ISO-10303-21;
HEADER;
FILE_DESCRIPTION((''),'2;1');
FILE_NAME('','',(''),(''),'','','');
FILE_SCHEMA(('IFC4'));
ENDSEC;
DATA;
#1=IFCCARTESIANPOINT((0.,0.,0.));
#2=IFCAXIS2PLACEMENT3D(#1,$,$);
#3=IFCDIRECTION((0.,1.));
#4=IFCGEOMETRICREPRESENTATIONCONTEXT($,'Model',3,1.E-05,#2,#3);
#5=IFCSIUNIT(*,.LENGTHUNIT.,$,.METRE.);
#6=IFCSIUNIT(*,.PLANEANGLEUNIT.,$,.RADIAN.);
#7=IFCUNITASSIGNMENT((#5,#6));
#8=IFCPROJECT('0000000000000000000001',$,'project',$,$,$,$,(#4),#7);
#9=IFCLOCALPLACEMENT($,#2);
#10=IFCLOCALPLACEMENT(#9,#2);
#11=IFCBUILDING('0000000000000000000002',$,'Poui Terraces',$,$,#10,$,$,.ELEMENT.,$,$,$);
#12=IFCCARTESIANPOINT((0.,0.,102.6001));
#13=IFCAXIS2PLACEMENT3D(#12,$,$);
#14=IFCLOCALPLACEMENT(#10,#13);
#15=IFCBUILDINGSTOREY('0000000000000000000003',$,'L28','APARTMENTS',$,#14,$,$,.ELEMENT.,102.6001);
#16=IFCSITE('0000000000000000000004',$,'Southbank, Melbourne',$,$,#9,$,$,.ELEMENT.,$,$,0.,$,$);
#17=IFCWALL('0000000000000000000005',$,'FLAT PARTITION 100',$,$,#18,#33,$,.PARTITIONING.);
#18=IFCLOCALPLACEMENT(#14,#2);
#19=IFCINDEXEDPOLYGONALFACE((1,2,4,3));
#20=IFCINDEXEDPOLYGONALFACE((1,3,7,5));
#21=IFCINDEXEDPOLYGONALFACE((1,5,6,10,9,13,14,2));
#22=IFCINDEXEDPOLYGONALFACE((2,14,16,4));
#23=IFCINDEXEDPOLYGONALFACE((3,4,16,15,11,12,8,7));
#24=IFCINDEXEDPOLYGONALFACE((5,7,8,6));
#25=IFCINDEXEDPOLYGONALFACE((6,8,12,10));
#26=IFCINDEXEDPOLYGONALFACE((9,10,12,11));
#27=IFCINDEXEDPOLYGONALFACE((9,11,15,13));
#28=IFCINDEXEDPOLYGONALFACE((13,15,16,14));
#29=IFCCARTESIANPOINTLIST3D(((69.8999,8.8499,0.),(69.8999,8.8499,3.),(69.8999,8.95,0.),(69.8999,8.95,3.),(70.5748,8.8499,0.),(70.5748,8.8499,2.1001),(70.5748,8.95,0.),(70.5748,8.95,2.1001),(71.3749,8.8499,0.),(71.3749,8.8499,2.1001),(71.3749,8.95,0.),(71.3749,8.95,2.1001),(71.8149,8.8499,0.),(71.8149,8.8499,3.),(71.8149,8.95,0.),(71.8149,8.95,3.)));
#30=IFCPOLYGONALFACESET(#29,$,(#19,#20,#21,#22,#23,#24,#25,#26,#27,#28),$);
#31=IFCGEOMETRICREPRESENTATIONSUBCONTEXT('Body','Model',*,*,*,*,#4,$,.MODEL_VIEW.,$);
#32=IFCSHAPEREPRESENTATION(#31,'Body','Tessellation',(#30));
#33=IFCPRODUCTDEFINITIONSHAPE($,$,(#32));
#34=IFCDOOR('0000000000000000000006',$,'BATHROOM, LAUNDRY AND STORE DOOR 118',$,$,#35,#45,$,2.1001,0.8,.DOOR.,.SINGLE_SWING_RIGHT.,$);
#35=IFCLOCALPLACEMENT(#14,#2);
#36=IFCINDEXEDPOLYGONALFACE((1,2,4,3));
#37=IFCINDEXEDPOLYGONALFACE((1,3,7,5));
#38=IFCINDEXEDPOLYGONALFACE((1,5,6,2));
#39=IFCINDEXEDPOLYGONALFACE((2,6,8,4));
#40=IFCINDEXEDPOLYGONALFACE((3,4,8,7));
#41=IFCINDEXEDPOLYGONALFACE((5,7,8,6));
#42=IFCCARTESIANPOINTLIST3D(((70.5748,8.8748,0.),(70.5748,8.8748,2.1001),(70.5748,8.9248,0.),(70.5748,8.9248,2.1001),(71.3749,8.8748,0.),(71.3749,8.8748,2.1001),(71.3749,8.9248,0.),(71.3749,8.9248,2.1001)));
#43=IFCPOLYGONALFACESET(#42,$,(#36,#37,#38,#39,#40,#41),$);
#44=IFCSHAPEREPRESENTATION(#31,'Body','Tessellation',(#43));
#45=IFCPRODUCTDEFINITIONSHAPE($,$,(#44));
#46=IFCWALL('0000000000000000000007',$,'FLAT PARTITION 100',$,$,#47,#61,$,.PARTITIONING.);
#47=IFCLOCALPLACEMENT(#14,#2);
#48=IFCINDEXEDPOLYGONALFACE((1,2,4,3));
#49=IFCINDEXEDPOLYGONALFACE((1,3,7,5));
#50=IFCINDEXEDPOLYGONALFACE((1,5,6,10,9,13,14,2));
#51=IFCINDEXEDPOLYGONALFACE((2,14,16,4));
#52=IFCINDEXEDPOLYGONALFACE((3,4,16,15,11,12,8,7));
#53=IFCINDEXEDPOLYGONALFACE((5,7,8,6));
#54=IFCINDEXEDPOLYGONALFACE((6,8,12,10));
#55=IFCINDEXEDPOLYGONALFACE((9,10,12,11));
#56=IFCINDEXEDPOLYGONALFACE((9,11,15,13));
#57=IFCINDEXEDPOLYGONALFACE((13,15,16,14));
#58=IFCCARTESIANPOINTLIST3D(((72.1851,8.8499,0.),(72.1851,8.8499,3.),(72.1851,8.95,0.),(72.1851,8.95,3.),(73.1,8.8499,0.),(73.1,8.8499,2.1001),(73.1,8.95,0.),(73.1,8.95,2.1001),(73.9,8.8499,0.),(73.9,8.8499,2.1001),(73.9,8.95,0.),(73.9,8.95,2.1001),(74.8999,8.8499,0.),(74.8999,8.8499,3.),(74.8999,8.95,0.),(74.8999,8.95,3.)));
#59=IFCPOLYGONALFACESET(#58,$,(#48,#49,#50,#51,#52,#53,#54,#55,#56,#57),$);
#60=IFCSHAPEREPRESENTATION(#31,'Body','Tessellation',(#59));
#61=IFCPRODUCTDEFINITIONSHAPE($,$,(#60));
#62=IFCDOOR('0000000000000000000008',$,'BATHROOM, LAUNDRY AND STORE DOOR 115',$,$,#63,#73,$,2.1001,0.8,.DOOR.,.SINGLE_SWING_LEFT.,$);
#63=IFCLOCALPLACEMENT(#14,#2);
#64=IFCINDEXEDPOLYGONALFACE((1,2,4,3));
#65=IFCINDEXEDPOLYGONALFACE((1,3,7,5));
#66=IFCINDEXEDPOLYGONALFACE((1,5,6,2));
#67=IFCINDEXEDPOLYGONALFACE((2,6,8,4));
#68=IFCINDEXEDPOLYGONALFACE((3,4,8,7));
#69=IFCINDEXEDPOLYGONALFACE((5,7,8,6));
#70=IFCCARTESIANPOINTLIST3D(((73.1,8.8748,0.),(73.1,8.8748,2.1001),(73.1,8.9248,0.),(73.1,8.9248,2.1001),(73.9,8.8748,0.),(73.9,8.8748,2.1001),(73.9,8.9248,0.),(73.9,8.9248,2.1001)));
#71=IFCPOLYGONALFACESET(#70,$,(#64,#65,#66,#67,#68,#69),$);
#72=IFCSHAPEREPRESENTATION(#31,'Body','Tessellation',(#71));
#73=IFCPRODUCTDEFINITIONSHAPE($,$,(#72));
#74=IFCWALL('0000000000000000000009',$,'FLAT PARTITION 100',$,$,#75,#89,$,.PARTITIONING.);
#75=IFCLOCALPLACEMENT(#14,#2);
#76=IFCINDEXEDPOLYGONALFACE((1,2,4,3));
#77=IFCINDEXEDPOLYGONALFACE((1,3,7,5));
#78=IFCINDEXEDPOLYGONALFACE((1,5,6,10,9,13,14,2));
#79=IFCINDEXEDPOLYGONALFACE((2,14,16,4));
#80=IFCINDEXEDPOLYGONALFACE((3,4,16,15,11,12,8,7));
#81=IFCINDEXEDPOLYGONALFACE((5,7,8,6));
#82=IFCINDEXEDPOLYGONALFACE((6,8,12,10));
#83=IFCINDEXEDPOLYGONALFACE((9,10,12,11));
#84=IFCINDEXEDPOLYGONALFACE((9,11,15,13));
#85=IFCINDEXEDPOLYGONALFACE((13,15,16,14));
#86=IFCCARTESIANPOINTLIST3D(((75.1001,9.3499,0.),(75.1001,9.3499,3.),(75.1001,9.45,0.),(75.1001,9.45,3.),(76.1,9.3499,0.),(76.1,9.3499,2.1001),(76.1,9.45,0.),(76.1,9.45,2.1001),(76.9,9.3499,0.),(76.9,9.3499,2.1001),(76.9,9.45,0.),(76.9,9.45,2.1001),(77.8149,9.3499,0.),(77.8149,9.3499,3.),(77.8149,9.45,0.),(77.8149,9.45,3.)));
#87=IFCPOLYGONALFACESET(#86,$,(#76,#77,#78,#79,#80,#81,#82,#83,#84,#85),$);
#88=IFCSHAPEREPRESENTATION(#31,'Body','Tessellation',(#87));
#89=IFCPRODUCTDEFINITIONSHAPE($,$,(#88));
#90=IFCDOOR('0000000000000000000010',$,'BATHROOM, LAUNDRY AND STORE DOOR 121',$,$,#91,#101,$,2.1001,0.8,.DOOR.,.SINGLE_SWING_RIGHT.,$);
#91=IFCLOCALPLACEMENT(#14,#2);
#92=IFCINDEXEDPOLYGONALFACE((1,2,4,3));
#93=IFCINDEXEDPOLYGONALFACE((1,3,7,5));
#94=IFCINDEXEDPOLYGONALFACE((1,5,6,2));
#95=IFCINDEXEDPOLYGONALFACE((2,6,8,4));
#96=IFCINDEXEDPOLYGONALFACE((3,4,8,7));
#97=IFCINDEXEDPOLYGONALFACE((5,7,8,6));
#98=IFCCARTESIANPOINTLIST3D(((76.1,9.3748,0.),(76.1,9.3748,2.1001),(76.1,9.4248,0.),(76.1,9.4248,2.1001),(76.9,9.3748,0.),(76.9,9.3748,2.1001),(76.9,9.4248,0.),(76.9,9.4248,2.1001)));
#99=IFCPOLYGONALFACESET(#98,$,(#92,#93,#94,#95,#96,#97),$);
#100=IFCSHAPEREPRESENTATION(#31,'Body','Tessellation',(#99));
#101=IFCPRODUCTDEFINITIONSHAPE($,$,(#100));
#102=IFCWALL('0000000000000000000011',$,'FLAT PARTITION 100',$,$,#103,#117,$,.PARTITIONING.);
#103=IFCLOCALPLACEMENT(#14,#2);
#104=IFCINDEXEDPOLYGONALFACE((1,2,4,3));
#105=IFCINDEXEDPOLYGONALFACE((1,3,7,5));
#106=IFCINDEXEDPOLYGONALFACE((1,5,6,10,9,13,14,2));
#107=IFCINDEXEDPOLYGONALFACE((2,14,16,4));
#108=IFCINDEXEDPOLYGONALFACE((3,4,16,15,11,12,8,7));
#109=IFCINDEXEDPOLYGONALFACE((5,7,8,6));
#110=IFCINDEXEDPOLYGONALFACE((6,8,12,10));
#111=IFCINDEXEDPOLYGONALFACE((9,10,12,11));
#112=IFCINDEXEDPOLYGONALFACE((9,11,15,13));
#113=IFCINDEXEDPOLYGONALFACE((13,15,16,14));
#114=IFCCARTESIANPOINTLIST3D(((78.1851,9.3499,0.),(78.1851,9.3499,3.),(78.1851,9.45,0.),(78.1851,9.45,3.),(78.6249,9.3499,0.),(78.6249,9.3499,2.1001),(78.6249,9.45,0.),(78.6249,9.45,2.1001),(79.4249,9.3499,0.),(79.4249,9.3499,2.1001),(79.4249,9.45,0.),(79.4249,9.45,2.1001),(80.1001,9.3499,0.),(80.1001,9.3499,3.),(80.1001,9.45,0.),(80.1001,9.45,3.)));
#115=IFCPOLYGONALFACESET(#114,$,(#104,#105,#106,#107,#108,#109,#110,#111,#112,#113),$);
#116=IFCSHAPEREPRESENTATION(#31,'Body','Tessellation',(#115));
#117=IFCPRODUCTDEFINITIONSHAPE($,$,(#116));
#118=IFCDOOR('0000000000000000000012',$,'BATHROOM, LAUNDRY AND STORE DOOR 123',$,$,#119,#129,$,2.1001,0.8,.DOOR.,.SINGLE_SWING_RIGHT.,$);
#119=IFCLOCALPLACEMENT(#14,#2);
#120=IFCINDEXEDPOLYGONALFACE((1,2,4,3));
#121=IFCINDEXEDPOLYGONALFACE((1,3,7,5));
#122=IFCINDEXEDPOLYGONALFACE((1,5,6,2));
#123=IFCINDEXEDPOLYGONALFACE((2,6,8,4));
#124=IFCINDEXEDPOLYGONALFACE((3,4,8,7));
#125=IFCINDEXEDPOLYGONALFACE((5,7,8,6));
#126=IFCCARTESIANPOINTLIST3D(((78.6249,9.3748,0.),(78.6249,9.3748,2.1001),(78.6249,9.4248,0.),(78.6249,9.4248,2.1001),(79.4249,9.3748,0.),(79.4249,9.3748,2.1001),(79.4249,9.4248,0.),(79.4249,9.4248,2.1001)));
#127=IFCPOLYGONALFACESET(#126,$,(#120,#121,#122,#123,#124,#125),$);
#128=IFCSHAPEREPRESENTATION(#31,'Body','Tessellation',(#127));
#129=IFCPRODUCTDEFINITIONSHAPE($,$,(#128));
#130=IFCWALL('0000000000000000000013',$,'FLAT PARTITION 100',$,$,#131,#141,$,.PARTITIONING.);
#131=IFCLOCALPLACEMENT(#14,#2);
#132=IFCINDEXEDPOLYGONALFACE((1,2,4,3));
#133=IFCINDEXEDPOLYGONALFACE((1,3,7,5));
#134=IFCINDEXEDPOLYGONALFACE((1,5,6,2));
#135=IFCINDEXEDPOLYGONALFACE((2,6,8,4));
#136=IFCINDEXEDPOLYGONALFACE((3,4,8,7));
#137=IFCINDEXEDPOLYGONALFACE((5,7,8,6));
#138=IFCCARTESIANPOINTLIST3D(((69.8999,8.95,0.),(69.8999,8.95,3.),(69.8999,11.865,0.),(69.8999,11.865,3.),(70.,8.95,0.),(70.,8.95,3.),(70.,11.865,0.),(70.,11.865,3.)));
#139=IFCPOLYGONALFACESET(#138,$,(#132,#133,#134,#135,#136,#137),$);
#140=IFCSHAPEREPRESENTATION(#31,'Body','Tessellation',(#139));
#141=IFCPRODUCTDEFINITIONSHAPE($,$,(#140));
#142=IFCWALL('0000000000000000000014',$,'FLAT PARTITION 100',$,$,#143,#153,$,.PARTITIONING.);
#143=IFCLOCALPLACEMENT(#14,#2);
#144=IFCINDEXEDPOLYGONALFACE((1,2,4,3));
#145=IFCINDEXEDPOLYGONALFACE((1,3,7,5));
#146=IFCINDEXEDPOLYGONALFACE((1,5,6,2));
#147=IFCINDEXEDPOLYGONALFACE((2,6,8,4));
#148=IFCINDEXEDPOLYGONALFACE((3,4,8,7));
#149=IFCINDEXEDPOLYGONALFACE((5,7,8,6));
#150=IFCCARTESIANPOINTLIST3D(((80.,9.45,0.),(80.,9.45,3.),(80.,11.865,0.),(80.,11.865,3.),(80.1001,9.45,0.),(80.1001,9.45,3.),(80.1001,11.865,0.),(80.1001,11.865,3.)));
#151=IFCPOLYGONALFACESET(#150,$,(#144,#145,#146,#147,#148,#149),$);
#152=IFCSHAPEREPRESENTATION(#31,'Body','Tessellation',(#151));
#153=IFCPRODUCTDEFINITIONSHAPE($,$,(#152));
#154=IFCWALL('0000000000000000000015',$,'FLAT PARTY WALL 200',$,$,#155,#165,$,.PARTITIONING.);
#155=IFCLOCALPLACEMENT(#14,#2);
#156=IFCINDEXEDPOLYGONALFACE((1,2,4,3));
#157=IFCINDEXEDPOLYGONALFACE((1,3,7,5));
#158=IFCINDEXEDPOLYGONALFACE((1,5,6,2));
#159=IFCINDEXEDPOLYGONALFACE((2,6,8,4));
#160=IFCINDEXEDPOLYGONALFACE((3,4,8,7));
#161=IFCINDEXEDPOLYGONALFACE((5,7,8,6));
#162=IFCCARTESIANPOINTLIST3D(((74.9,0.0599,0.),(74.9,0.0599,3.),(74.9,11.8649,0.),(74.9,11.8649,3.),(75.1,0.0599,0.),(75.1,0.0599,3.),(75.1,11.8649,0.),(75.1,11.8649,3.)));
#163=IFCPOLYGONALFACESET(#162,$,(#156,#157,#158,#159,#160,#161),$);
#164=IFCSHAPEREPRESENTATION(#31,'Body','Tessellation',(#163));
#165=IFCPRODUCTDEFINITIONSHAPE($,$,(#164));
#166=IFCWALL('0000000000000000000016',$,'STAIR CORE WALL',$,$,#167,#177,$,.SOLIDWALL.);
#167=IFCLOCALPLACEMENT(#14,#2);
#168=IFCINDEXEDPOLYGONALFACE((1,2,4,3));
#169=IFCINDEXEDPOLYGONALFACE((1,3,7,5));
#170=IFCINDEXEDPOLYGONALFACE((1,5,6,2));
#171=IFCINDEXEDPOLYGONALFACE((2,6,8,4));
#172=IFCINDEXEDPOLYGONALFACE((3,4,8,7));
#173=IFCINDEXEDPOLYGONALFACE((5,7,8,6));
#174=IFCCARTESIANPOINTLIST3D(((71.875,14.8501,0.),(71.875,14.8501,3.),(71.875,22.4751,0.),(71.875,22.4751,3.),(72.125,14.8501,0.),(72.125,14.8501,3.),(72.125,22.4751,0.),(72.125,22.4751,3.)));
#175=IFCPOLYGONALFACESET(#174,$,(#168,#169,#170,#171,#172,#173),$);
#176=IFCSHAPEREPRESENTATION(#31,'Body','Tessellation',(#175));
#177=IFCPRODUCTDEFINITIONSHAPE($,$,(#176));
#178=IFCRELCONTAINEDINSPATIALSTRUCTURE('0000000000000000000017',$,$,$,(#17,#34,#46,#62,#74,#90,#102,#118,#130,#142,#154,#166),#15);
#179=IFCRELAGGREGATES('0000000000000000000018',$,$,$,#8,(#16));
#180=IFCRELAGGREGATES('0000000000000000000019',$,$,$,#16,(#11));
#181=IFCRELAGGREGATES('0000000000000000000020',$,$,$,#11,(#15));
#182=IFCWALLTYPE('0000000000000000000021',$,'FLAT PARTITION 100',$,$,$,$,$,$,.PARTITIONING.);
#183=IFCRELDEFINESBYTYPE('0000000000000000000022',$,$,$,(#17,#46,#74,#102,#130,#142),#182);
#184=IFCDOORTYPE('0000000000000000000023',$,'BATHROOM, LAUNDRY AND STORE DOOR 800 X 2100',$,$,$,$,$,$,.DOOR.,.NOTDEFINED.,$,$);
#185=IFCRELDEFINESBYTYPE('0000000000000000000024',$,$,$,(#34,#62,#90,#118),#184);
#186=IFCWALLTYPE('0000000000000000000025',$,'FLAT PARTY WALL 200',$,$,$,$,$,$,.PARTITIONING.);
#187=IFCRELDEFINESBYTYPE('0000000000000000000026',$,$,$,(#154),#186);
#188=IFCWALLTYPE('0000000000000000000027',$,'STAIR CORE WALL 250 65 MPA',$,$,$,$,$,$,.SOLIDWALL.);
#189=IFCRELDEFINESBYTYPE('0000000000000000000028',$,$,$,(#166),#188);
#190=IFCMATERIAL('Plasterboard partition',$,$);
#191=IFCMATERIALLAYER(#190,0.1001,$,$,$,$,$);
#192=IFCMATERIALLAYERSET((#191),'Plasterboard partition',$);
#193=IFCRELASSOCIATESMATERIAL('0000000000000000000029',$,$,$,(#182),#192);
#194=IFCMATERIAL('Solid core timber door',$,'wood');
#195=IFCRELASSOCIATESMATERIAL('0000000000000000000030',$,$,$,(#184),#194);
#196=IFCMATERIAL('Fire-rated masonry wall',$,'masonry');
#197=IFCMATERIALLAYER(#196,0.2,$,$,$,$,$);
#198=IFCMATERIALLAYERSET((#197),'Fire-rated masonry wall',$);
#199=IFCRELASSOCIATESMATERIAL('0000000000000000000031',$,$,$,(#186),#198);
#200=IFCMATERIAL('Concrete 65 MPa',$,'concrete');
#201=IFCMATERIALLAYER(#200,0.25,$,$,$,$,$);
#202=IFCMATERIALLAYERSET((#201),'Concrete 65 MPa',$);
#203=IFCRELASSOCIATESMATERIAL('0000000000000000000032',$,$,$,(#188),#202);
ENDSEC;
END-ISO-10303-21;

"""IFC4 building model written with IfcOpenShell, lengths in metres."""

from ifc_helpers import new_model, si_unit, direction, frame, frame_2d, origin, place, context, subcontext, project, spatial, rectangle, extrude, material, layer, layer_set, type_object, element, fill, save


model = new_model("IFC4")

# Units and contexts
model_context = context("Model", 3, precision=1e-05, world=origin(), true_north=direction((0.0, 1.0)))
body_context = subcontext(model_context, "Body", "Model", "MODEL_VIEW")
ifc_project = project(units=[si_unit("LENGTHUNIT", "METRE"), si_unit("PLANEANGLEUNIT", "RADIAN")], contexts=[model_context])

# Site, building, storey
site_placement = place(None, origin())
site = spatial("IfcSite", under=ifc_project, at=site_placement, Name="Southbank, Melbourne", CompositionType="ELEMENT", RefElevation=0.0)
building_placement = place(site_placement, origin())
building = spatial("IfcBuilding", under=site, at=building_placement, Name="Poui Terraces", CompositionType="ELEMENT")
storey_placement = place(building_placement, frame((0.0, 0.0, 102.6001)))
storey = spatial("IfcBuildingStorey", under=building, at=storey_placement, Name="L28", Description="APARTMENTS", CompositionType="ELEMENT", Elevation=102.6001)

# Shared definitions
ifc_material_1 = material(Name="Concrete 65 MPa", Category="concrete")

# Walls, openings, doors
ifc_material_2 = material(Name="Solid core timber door", Category="wood")
ifc_material_3 = material(Name="Plasterboard partition")
ifc_layer_1 = layer(ifc_material_3, 0.1001)
ifc_layer_set_1 = layer_set([ifc_layer_1], Name="Plasterboard partition")
wall_type_1 = type_object("IfcWallType", Name="FLAT PARTITION 100", PredefinedType="PARTITIONING", material=ifc_layer_set_1)
wall_1_placement = place(storey_placement, frame((69.8999, 8.8999, 0.0), z_axis=(0.0, 0.0, 1.0), x_axis=(1.0, 0.0, 0.0)))
wall_1 = element("IfcWall", 1, at=wall_1_placement, inside=storey, type_object=wall_type_1, Name="FLAT PARTITION 100", PredefinedType="PARTITIONING", context=body_context, shape_type="SweptSolid", body=[
    extrude(rectangle(XDim=1.915, YDim=0.1001, at=frame_2d((0.9575, 0.0))), origin(), (0.0, 0.0, 1.0), 3.0),
])
opening_1_placement = place(wall_1_placement, frame((0.675, 0.0, 0.0)))
opening_1 = element("IfcOpeningElement", 2, at=opening_1_placement, cuts=wall_1, PredefinedType="OPENING", context=body_context, shape_type="SweptSolid", body=[
    extrude(rectangle(XDim=0.8, YDim=2.1001, at=frame_2d((0.3999, 1.05))), frame((0.0, 0.0601, 0.0), z_axis=(0.0, -1.0, 0.0), x_axis=(1.0, 0.0, 0.0)), (0.0, 0.0, 1.0), 0.1201),
])
door_type_1 = type_object("IfcDoorType", Name="BATHROOM, LAUNDRY AND STORE DOOR 800 X 2100", OperationType="NOTDEFINED", PredefinedType="DOOR", material=ifc_material_2)
door_1_placement = place(opening_1_placement, origin())
door_1 = element("IfcDoor", 3, at=door_1_placement, inside=storey, type_object=door_type_1, Name="BATHROOM, LAUNDRY AND STORE DOOR 118", OperationType="SINGLE_SWING_RIGHT", OverallHeight=2.1001, OverallWidth=0.8, PredefinedType="DOOR", context=body_context, shape_type="SweptSolid", body=[
    extrude(rectangle(XDim=0.8, YDim=2.1001, at=frame_2d((0.3999, 1.05))), frame((0.0, 0.0249, 0.0), z_axis=(0.0, -1.0, 0.0), x_axis=(1.0, 0.0, 0.0)), (0.0, 0.0, 1.0), 0.05),
])
fill(opening_1, door_1)
wall_2_placement = place(storey_placement, frame((72.1851, 8.8999, 0.0), z_axis=(0.0, 0.0, 1.0), x_axis=(1.0, 0.0, 0.0)))
wall_2 = element("IfcWall", 4, at=wall_2_placement, inside=storey, type_object=wall_type_1, Name="FLAT PARTITION 100", PredefinedType="PARTITIONING", context=body_context, shape_type="SweptSolid", body=[
    extrude(rectangle(XDim=2.7148, YDim=0.1001, at=frame_2d((1.3574, 0.0))), origin(), (0.0, 0.0, 1.0), 3.0),
])
opening_2_placement = place(wall_2_placement, frame((0.915, 0.0, 0.0)))
opening_2 = element("IfcOpeningElement", 5, at=opening_2_placement, cuts=wall_2, PredefinedType="OPENING", context=body_context, shape_type="SweptSolid", body=[
    extrude(rectangle(XDim=0.8, YDim=2.1001, at=frame_2d((0.3999, 1.05))), frame((0.0, 0.0601, 0.0), z_axis=(0.0, -1.0, 0.0), x_axis=(1.0, 0.0, 0.0)), (0.0, 0.0, 1.0), 0.1201),
])
door_2_placement = place(opening_2_placement, origin())
door_2 = element("IfcDoor", 6, at=door_2_placement, inside=storey, type_object=door_type_1, Name="BATHROOM, LAUNDRY AND STORE DOOR 115", OperationType="SINGLE_SWING_LEFT", OverallHeight=2.1001, OverallWidth=0.8, PredefinedType="DOOR", context=body_context, shape_type="SweptSolid", body=[
    extrude(rectangle(XDim=0.8, YDim=2.1001, at=frame_2d((0.3999, 1.05))), frame((0.0, 0.0249, 0.0), z_axis=(0.0, -1.0, 0.0), x_axis=(1.0, 0.0, 0.0)), (0.0, 0.0, 1.0), 0.05),
])
fill(opening_2, door_2)
wall_3_placement = place(storey_placement, frame((75.1001, 9.3999, 0.0), z_axis=(0.0, 0.0, 1.0), x_axis=(1.0, 0.0, 0.0)))
wall_3 = element("IfcWall", 7, at=wall_3_placement, inside=storey, type_object=wall_type_1, Name="FLAT PARTITION 100", PredefinedType="PARTITIONING", context=body_context, shape_type="SweptSolid", body=[
    extrude(rectangle(XDim=2.7148, YDim=0.1001, at=frame_2d((1.3574, 0.0))), origin(), (0.0, 0.0, 1.0), 3.0),
])
opening_3_placement = place(wall_3_placement, frame((1.0, 0.0, 0.0)))
opening_3 = element("IfcOpeningElement", 8, at=opening_3_placement, cuts=wall_3, PredefinedType="OPENING", context=body_context, shape_type="SweptSolid", body=[
    extrude(rectangle(XDim=0.8, YDim=2.1001, at=frame_2d((0.3999, 1.05))), frame((0.0, 0.0601, 0.0), z_axis=(0.0, -1.0, 0.0), x_axis=(1.0, 0.0, 0.0)), (0.0, 0.0, 1.0), 0.1201),
])
door_3_placement = place(opening_3_placement, origin())
door_3 = element("IfcDoor", 9, at=door_3_placement, inside=storey, type_object=door_type_1, Name="BATHROOM, LAUNDRY AND STORE DOOR 121", OperationType="SINGLE_SWING_RIGHT", OverallHeight=2.1001, OverallWidth=0.8, PredefinedType="DOOR", context=body_context, shape_type="SweptSolid", body=[
    extrude(rectangle(XDim=0.8, YDim=2.1001, at=frame_2d((0.3999, 1.05))), frame((0.0, 0.0249, 0.0), z_axis=(0.0, -1.0, 0.0), x_axis=(1.0, 0.0, 0.0)), (0.0, 0.0, 1.0), 0.05),
])
fill(opening_3, door_3)
wall_4_placement = place(storey_placement, frame((78.1851, 9.3999, 0.0), z_axis=(0.0, 0.0, 1.0), x_axis=(1.0, 0.0, 0.0)))
wall_4 = element("IfcWall", 10, at=wall_4_placement, inside=storey, type_object=wall_type_1, Name="FLAT PARTITION 100", PredefinedType="PARTITIONING", context=body_context, shape_type="SweptSolid", body=[
    extrude(rectangle(XDim=1.915, YDim=0.1001, at=frame_2d((0.9575, 0.0))), origin(), (0.0, 0.0, 1.0), 3.0),
])
opening_4_placement = place(wall_4_placement, frame((0.4399, 0.0, 0.0)))
opening_4 = element("IfcOpeningElement", 11, at=opening_4_placement, cuts=wall_4, PredefinedType="OPENING", context=body_context, shape_type="SweptSolid", body=[
    extrude(rectangle(XDim=0.8, YDim=2.1001, at=frame_2d((0.3999, 1.05))), frame((0.0, 0.0601, 0.0), z_axis=(0.0, -1.0, 0.0), x_axis=(1.0, 0.0, 0.0)), (0.0, 0.0, 1.0), 0.1201),
])
door_4_placement = place(opening_4_placement, origin())
door_4 = element("IfcDoor", 12, at=door_4_placement, inside=storey, type_object=door_type_1, Name="BATHROOM, LAUNDRY AND STORE DOOR 123", OperationType="SINGLE_SWING_RIGHT", OverallHeight=2.1001, OverallWidth=0.8, PredefinedType="DOOR", context=body_context, shape_type="SweptSolid", body=[
    extrude(rectangle(XDim=0.8, YDim=2.1001, at=frame_2d((0.3999, 1.05))), frame((0.0, 0.0249, 0.0), z_axis=(0.0, -1.0, 0.0), x_axis=(1.0, 0.0, 0.0)), (0.0, 0.0, 1.0), 0.05),
])
fill(opening_4, door_4)

# Walls
wall_5_placement = place(storey_placement, frame((69.95, 8.95, 0.0), z_axis=(0.0, 0.0, 1.0), x_axis=(0.0, 1.0, 0.0)))
element("IfcWall", 13, at=wall_5_placement, inside=storey, type_object=wall_type_1, Name="FLAT PARTITION 100", PredefinedType="PARTITIONING", context=body_context, shape_type="SweptSolid", body=[
    extrude(rectangle(XDim=2.915, YDim=0.1001, at=frame_2d((1.4575, 0.0))), origin(), (0.0, 0.0, 1.0), 3.0),
])
wall_6_placement = place(storey_placement, frame((80.05, 9.45, 0.0), z_axis=(0.0, 0.0, 1.0), x_axis=(0.0, 1.0, 0.0)))
element("IfcWall", 14, at=wall_6_placement, inside=storey, type_object=wall_type_1, Name="FLAT PARTITION 100", PredefinedType="PARTITIONING", context=body_context, shape_type="SweptSolid", body=[
    extrude(rectangle(XDim=2.415, YDim=0.1001, at=frame_2d((1.2075, 0.0))), origin(), (0.0, 0.0, 1.0), 3.0),
])
ifc_material_4 = material(Name="Fire-rated masonry wall", Category="masonry")
ifc_layer_2 = layer(ifc_material_4, 0.2)
ifc_layer_set_2 = layer_set([ifc_layer_2], Name="Fire-rated masonry wall")
wall_type_2 = type_object("IfcWallType", Name="FLAT PARTY WALL 200", PredefinedType="PARTITIONING", material=ifc_layer_set_2)
wall_7_placement = place(storey_placement, frame((75.0, 0.0601, 0.0), z_axis=(0.0, 0.0, 1.0), x_axis=(0.0, 1.0, 0.0)))
element("IfcWall", 15, at=wall_7_placement, inside=storey, type_object=wall_type_2, Name="FLAT PARTY WALL 200", PredefinedType="PARTITIONING", context=body_context, shape_type="SweptSolid", body=[
    extrude(rectangle(XDim=11.8049, YDim=0.2, at=frame_2d((5.9023, 0.0))), origin(), (0.0, 0.0, 1.0), 3.0),
])
ifc_layer_3 = layer(ifc_material_1, 0.25)
ifc_layer_set_3 = layer_set([ifc_layer_3], Name="Concrete 65 MPa")
wall_type_3 = type_object("IfcWallType", Name="STAIR CORE WALL 250 65 MPA", PredefinedType="SOLIDWALL", material=ifc_layer_set_3)
for number, where, z_axis, x_axis, name in (
    (16, (72.0, 14.8501, 0.0), (0.0, 0.0, 1.0), (0.0, 1.0, 0.0), "STAIR CORE WALL"),
):
    element("IfcWall", number, at=place(storey_placement, frame(where, z_axis=z_axis, x_axis=x_axis)), inside=storey, type_object=wall_type_3, Name=name, PredefinedType="SOLIDWALL", context=body_context, shape_type="SweptSolid", body=[
        extrude(rectangle(XDim=7.625, YDim=0.25, at=frame_2d((3.8125, 0.0))), origin(), (0.0, 0.0, 1.0), 3.0),
    ])

save(model, "model.ifc")
